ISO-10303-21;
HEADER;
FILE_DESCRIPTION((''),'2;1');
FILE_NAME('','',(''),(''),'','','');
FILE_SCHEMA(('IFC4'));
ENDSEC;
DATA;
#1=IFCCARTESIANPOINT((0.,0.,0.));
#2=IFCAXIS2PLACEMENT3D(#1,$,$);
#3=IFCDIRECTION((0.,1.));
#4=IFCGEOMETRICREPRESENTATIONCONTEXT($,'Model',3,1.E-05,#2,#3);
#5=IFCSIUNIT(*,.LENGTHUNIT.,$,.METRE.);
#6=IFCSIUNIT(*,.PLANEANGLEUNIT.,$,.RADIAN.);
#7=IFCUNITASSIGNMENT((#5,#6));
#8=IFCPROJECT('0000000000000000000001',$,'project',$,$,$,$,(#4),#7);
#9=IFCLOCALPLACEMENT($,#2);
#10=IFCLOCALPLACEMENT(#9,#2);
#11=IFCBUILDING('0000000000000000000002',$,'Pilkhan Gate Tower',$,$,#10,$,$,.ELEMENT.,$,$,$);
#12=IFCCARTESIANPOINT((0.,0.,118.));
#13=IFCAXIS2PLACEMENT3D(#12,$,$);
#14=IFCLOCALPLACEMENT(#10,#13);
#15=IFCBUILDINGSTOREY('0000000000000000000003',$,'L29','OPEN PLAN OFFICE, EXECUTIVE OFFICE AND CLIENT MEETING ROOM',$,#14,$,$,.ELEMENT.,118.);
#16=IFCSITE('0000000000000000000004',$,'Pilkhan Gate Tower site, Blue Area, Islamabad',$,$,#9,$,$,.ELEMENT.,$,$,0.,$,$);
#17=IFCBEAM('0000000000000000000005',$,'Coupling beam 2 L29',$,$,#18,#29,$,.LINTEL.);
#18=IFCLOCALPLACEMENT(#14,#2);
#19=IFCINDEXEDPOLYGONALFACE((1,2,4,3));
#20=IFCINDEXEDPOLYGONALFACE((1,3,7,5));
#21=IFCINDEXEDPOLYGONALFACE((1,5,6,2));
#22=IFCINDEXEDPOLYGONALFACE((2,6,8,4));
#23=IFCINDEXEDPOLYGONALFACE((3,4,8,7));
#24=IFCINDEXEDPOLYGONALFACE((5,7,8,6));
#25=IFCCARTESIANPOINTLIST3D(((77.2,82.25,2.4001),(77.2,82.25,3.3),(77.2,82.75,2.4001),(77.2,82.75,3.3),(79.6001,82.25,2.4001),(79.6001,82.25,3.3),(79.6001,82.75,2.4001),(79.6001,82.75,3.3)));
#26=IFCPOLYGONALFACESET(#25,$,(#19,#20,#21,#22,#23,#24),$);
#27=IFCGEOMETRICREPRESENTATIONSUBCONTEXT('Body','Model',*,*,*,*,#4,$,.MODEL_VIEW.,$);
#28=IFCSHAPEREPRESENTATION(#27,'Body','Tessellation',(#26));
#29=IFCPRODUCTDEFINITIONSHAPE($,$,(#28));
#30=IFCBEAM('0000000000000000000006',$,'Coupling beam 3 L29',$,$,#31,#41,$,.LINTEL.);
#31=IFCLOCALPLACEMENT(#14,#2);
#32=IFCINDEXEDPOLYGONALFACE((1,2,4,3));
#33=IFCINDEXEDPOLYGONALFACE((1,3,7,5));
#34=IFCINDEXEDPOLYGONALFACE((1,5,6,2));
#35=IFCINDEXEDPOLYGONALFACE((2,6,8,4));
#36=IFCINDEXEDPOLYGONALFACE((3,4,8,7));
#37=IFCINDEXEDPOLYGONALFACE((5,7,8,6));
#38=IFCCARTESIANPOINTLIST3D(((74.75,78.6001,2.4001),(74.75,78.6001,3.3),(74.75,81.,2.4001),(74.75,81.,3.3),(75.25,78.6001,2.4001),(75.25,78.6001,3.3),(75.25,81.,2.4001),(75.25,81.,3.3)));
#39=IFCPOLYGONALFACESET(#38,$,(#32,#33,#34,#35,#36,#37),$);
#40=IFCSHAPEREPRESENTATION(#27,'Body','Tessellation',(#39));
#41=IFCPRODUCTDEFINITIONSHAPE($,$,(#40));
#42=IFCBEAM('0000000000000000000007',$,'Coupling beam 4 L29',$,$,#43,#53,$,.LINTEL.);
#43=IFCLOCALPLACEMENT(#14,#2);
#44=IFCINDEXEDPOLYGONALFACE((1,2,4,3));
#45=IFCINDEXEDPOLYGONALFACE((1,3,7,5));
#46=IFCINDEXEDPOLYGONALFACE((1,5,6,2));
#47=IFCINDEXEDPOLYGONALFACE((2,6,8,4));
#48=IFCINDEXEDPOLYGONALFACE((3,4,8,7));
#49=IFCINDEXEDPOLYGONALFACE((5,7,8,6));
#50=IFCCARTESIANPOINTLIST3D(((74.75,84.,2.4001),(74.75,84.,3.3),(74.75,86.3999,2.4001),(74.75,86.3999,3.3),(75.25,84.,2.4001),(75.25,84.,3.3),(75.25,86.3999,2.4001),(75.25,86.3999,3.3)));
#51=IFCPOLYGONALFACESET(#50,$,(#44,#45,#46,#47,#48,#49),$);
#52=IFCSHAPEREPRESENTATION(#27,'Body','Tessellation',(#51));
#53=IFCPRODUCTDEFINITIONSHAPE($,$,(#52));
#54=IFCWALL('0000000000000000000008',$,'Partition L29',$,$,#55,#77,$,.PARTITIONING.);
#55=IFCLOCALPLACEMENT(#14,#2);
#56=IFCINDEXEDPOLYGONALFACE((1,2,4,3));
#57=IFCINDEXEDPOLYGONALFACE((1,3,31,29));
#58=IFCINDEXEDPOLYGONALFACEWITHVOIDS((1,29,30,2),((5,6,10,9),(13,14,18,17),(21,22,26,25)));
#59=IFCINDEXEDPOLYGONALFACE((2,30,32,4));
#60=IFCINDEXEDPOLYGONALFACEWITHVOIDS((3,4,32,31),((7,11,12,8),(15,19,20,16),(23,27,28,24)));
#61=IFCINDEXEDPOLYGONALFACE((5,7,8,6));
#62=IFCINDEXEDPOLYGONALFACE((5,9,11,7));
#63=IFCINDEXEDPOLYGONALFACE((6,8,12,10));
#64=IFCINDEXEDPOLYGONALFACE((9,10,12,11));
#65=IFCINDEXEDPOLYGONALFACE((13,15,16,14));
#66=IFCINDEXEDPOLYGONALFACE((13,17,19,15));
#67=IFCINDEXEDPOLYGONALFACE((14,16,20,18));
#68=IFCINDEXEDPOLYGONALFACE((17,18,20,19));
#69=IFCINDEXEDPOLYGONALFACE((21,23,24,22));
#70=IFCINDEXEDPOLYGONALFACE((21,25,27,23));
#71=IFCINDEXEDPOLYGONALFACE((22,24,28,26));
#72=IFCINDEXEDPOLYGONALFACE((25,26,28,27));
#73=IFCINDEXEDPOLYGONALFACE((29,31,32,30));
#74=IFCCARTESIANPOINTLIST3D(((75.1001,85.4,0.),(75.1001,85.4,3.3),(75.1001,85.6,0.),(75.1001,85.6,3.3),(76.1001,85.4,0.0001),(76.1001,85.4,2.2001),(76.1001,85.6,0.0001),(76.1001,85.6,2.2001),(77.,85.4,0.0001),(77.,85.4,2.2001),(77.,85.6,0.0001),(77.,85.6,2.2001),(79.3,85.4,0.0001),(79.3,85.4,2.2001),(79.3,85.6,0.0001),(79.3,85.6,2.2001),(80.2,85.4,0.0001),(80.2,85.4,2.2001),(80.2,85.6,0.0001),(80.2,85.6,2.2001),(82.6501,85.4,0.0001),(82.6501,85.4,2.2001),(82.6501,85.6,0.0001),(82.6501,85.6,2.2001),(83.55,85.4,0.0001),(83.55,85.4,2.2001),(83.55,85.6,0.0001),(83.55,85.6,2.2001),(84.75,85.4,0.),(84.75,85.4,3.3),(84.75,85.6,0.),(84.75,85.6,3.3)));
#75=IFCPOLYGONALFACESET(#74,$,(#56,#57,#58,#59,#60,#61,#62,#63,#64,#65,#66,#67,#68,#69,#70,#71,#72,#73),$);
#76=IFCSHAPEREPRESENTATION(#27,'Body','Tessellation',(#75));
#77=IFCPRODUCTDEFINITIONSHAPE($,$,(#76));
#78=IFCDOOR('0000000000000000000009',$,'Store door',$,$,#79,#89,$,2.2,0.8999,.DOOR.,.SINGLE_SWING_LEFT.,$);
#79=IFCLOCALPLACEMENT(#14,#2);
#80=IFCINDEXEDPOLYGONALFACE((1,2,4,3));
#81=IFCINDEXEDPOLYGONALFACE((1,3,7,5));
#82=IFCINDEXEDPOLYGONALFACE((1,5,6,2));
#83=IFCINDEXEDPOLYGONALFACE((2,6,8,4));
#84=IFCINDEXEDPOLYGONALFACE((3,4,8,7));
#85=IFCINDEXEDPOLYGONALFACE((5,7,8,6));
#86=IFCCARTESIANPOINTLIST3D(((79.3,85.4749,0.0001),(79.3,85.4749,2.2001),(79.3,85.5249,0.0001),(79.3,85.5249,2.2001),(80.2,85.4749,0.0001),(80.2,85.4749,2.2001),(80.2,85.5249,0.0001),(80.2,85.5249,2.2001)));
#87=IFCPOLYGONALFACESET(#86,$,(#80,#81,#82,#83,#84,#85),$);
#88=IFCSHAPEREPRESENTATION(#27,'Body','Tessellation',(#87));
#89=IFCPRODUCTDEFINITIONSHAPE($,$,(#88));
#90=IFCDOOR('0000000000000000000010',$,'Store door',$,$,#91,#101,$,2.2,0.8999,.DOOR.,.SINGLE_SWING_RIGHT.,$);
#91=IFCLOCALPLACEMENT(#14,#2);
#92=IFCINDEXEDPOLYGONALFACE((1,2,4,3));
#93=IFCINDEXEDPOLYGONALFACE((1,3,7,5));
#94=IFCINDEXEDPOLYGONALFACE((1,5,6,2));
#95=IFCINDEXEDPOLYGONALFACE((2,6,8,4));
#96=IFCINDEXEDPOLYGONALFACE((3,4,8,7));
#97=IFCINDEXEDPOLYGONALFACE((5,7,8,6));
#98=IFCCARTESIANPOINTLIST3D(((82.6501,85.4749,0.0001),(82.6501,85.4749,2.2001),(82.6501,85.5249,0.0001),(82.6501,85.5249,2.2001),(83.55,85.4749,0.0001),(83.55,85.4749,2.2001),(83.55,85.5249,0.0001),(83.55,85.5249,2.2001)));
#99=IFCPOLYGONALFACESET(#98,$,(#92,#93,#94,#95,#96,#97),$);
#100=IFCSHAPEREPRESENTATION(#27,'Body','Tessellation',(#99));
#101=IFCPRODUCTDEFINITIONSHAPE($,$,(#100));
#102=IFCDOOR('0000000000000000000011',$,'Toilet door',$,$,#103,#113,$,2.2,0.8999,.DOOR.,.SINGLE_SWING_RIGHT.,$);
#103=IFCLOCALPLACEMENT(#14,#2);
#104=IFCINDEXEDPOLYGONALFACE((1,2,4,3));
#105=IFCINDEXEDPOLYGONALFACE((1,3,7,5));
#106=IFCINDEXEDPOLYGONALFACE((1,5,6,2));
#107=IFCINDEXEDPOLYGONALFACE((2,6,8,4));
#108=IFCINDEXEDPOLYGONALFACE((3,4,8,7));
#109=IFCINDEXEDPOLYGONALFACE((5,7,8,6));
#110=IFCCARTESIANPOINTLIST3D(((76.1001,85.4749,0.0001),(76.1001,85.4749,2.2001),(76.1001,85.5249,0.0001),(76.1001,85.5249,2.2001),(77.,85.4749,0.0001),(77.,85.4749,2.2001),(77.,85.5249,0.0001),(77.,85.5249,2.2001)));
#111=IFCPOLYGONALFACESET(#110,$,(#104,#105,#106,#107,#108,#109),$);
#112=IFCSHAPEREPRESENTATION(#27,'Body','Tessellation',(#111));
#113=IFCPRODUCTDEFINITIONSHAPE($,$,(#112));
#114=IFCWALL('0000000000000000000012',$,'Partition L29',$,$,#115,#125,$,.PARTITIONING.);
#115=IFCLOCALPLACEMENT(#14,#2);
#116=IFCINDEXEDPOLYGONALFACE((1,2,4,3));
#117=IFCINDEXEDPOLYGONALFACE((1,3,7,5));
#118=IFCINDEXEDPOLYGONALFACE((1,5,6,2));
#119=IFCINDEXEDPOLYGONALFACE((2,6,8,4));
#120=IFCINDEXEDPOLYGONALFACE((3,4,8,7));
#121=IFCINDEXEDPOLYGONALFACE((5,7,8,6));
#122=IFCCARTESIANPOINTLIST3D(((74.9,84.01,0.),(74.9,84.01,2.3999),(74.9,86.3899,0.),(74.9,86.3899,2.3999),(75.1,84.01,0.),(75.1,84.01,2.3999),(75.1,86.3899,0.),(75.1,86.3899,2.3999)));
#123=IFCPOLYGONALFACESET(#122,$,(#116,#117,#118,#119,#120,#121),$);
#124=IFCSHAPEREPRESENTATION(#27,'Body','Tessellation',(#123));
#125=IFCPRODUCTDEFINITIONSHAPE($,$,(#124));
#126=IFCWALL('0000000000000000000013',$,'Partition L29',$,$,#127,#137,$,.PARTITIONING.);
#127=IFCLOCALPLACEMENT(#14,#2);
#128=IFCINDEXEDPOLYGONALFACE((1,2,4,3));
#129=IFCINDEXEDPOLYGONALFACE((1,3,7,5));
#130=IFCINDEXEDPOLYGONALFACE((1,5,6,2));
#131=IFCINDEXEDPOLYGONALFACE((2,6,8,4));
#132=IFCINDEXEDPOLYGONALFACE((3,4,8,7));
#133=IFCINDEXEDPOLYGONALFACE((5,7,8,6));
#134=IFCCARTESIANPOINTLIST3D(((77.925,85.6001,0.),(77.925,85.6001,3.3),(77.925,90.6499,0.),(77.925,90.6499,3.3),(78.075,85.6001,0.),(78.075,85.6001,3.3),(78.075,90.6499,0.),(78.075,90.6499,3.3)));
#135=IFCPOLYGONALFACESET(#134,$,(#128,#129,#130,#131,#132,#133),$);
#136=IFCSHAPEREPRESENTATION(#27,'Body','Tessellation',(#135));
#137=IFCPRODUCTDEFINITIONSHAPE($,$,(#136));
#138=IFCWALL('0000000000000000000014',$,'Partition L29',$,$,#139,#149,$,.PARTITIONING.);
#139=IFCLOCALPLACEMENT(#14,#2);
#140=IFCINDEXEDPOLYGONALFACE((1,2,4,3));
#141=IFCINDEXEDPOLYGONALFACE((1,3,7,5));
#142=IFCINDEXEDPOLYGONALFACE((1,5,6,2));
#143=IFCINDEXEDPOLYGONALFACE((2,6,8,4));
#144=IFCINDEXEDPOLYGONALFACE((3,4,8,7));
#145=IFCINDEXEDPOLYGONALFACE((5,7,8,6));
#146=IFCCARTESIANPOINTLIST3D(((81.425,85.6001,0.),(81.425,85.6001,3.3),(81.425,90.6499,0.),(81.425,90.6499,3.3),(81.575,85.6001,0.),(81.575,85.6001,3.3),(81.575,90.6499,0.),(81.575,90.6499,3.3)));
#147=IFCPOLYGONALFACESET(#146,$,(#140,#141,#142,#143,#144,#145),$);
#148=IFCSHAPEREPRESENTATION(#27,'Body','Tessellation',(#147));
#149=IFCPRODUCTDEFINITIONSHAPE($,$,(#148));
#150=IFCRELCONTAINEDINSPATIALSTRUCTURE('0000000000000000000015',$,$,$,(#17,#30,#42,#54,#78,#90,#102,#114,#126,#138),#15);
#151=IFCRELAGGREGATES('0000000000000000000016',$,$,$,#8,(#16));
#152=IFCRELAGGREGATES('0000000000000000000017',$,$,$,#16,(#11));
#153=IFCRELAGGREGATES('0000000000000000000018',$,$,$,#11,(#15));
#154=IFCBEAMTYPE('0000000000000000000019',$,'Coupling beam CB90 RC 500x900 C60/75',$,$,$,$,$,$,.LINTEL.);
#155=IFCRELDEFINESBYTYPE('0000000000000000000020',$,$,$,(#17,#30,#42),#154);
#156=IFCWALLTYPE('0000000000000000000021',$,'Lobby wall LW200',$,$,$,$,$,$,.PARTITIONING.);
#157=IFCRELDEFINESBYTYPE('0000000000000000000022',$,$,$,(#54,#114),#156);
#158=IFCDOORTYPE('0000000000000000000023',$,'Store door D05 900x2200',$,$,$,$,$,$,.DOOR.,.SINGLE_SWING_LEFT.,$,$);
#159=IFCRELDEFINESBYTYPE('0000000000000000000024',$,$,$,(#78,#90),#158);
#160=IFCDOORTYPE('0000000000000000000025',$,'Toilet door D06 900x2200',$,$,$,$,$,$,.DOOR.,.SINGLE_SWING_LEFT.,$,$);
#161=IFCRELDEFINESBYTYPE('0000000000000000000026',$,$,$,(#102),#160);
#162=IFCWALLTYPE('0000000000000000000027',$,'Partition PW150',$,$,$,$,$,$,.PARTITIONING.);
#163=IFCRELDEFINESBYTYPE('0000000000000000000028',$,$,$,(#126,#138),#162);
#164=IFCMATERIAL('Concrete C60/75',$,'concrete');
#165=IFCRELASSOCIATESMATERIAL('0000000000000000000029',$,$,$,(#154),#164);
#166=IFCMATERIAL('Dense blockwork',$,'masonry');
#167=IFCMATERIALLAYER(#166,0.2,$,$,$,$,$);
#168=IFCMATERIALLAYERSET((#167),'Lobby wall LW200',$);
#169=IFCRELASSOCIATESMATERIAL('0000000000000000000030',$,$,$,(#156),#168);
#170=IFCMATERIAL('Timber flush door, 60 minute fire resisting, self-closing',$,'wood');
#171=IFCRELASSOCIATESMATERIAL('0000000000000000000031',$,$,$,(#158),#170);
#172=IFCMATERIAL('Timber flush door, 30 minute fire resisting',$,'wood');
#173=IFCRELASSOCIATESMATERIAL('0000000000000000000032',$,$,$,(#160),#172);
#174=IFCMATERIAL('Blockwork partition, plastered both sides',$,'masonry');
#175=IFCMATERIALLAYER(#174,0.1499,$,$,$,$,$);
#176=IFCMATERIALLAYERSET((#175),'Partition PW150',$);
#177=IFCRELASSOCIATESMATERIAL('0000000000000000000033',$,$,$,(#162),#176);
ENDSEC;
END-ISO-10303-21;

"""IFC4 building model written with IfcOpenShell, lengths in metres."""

from ifc_helpers import new_model, si_unit, direction, frame, frame_2d, origin, origin_2d, place, context, subcontext, project, spatial, rectangle, extrude, material, layer, layer_set, material_profile, profile_set, type_object, element, fill, save


model = new_model("IFC4")

# Units and contexts
model_context = context("Model", 3, precision=1e-05, world=origin(), true_north=direction((0.0, 1.0)))
body_context = subcontext(model_context, "Body", "Model", "MODEL_VIEW")
ifc_project = project(units=[si_unit("LENGTHUNIT", "METRE"), si_unit("PLANEANGLEUNIT", "RADIAN")], contexts=[model_context])

# Site, building, storey
site_placement = place(None, origin())
site = spatial("IfcSite", under=ifc_project, at=site_placement, Name="Pilkhan Gate Tower site, Blue Area, Islamabad", CompositionType="ELEMENT", RefElevation=0.0)
building_placement = place(site_placement, origin())
building = spatial("IfcBuilding", under=site, at=building_placement, Name="Pilkhan Gate Tower", CompositionType="ELEMENT")
storey_placement = place(building_placement, frame((0.0, 0.0, 118.0)))
storey = spatial("IfcBuildingStorey", under=building, at=storey_placement, Name="L29", Description="OPEN PLAN OFFICE, EXECUTIVE OFFICE AND CLIENT MEETING ROOM", CompositionType="ELEMENT", Elevation=118.0)

# Beams
ifc_material_1 = material(Name="Concrete C60/75", Category="concrete")
ifc_material_profile = material_profile(ifc_material_1, rectangle(XDim=0.5, YDim=0.8999, at=origin_2d()), Name="RC 500x900")
ifc_profile_set = profile_set([ifc_material_profile], Name="Concrete C60/75")
beam_type = type_object("IfcBeamType", Name="Coupling beam CB90 RC 500x900 C60/75", PredefinedType="LINTEL", material=ifc_profile_set)
beam_placement = place(storey_placement, frame((77.2, 82.5, 2.8501), z_axis=(1.0, 0.0, 0.0), x_axis=(0.0, 1.0, 0.0)))
element("IfcBeam", 1, at=beam_placement, inside=storey, type_object=beam_type, Name="Coupling beam 2 L29", PredefinedType="LINTEL", context=body_context, shape_type="SweptSolid", body=[
    extrude(rectangle(XDim=0.5, YDim=0.8999, at=origin_2d()), origin(), (0.0, 0.0, 1.0), 2.4001),
])
for number, where, z_axis, x_axis, name in (
    (2, (75.0, 78.6001, 2.8501), (0.0, 1.0, 0.0), (-1.0, 0.0, 0.0), "Coupling beam 3 L29"),
    (3, (75.0, 84.0, 2.8501), (0.0, 1.0, 0.0), (-1.0, 0.0, 0.0), "Coupling beam 4 L29"),
):
    element("IfcBeam", number, at=place(storey_placement, frame(where, z_axis=z_axis, x_axis=x_axis)), inside=storey, type_object=beam_type, Name=name, PredefinedType="LINTEL", context=body_context, shape_type="SweptSolid", body=[
        extrude(rectangle(XDim=0.5, YDim=0.8999, at=origin_2d()), origin(), (0.0, 0.0, 1.0), 2.3999),
    ])

# Wall, openings, doors
ifc_material_2 = material(Name="Dense blockwork", Category="masonry")
ifc_layer_1 = layer(ifc_material_2, 0.2)
ifc_layer_set_1 = layer_set([ifc_layer_1], Name="Lobby wall LW200")
wall_type_1 = type_object("IfcWallType", Name="Lobby wall LW200", PredefinedType="PARTITIONING", material=ifc_layer_set_1)
wall_1_placement = place(storey_placement, frame((75.1001, 85.5, 0.0), z_axis=(0.0, 0.0, 1.0), x_axis=(1.0, 0.0, 0.0)))
wall_1 = element("IfcWall", 4, at=wall_1_placement, inside=storey, type_object=wall_type_1, Name="Partition L29", PredefinedType="PARTITIONING", context=body_context, shape_type="SweptSolid", body=[
    extrude(rectangle(XDim=9.6499, YDim=0.2, at=frame_2d((4.825, 0.0))), origin(), (0.0, 0.0, 1.0), 3.3),
])
opening_1_placement = place(wall_1_placement, frame((1.0, 0.0, 0.0)))
opening_1 = element("IfcOpeningElement", 5, at=opening_1_placement, cuts=wall_1, PredefinedType="OPENING", context=body_context, shape_type="SweptSolid", body=[
    extrude(rectangle(XDim=0.8999, YDim=2.2, at=frame_2d((0.45, 1.1001))), frame((0.0, 0.1099, 0.0), z_axis=(0.0, -1.0, 0.0), x_axis=(1.0, 0.0, 0.0)), (0.0, 0.0, 1.0), 0.22),
])
opening_2_placement = place(wall_1_placement, frame((4.2, 0.0, 0.0)))
opening_2 = element("IfcOpeningElement", 6, at=opening_2_placement, cuts=wall_1, PredefinedType="OPENING", context=body_context, shape_type="SweptSolid", body=[
    extrude(rectangle(XDim=0.8999, YDim=2.2, at=frame_2d((0.45, 1.1001))), frame((0.0, 0.1099, 0.0), z_axis=(0.0, -1.0, 0.0), x_axis=(1.0, 0.0, 0.0)), (0.0, 0.0, 1.0), 0.22),
])
opening_3_placement = place(wall_1_placement, frame((7.55, 0.0, 0.0)))
opening_3 = element("IfcOpeningElement", 7, at=opening_3_placement, cuts=wall_1, PredefinedType="OPENING", context=body_context, shape_type="SweptSolid", body=[
    extrude(rectangle(XDim=0.8999, YDim=2.2, at=frame_2d((0.45, 1.1001))), frame((0.0, 0.1099, 0.0), z_axis=(0.0, -1.0, 0.0), x_axis=(1.0, 0.0, 0.0)), (0.0, 0.0, 1.0), 0.22),
])
ifc_material_3 = material(Name="Timber flush door, 60 minute fire resisting, self-closing", Category="wood")
door_type_1 = type_object("IfcDoorType", Name="Store door D05 900x2200", OperationType="SINGLE_SWING_LEFT", PredefinedType="DOOR", material=ifc_material_3)
door_1_placement = place(opening_2_placement, origin())
door_1 = element("IfcDoor", 8, at=door_1_placement, inside=storey, type_object=door_type_1, Name="Store door", OperationType="SINGLE_SWING_LEFT", OverallHeight=2.2, OverallWidth=0.8999, PredefinedType="DOOR", context=body_context, shape_type="SweptSolid", body=[
    extrude(rectangle(XDim=0.8999, YDim=2.2, at=frame_2d((0.45, 1.1001))), frame((0.0, 0.0249, 0.0), z_axis=(0.0, -1.0, 0.0), x_axis=(1.0, 0.0, 0.0)), (0.0, 0.0, 1.0), 0.05),
])
fill(opening_2, door_1)
door_2_placement = place(opening_3_placement, origin())
door_2 = element("IfcDoor", 9, at=door_2_placement, inside=storey, type_object=door_type_1, Name="Store door", OperationType="SINGLE_SWING_RIGHT", OverallHeight=2.2, OverallWidth=0.8999, PredefinedType="DOOR", context=body_context, shape_type="SweptSolid", body=[
    extrude(rectangle(XDim=0.8999, YDim=2.2, at=frame_2d((0.45, 1.1001))), frame((0.0, 0.0249, 0.0), z_axis=(0.0, -1.0, 0.0), x_axis=(1.0, 0.0, 0.0)), (0.0, 0.0, 1.0), 0.05),
])
fill(opening_3, door_2)
ifc_material_4 = material(Name="Timber flush door, 30 minute fire resisting", Category="wood")
door_type_2 = type_object("IfcDoorType", Name="Toilet door D06 900x2200", OperationType="SINGLE_SWING_LEFT", PredefinedType="DOOR", material=ifc_material_4)
door_3_placement = place(opening_1_placement, origin())
door_3 = element("IfcDoor", 10, at=door_3_placement, inside=storey, type_object=door_type_2, Name="Toilet door", OperationType="SINGLE_SWING_RIGHT", OverallHeight=2.2, OverallWidth=0.8999, PredefinedType="DOOR", context=body_context, shape_type="SweptSolid", body=[
    extrude(rectangle(XDim=0.8999, YDim=2.2, at=frame_2d((0.45, 1.1001))), frame((0.0, 0.0249, 0.0), z_axis=(0.0, -1.0, 0.0), x_axis=(1.0, 0.0, 0.0)), (0.0, 0.0, 1.0), 0.05),
])
fill(opening_1, door_3)

# Walls
wall_2_placement = place(storey_placement, frame((75.0, 84.01, 0.0), z_axis=(0.0, 0.0, 1.0), x_axis=(0.0, 1.0, 0.0)))
element("IfcWall", 11, at=wall_2_placement, inside=storey, type_object=wall_type_1, Name="Partition L29", PredefinedType="PARTITIONING", context=body_context, shape_type="SweptSolid", body=[
    extrude(rectangle(XDim=2.3799, YDim=0.2, at=frame_2d((1.1899, 0.0))), origin(), (0.0, 0.0, 1.0), 2.3999),
])
ifc_material_5 = material(Name="Blockwork partition, plastered both sides", Category="masonry")
ifc_layer_2 = layer(ifc_material_5, 0.1499)
ifc_layer_set_2 = layer_set([ifc_layer_2], Name="Partition PW150")
wall_type_2 = type_object("IfcWallType", Name="Partition PW150", PredefinedType="PARTITIONING", material=ifc_layer_set_2)
for number, where, z_axis, x_axis, name in (
    (12, (78.0, 85.6001, 0.0), (0.0, 0.0, 1.0), (0.0, 1.0, 0.0), "Partition L29"),
    (13, (81.5, 85.6001, 0.0), (0.0, 0.0, 1.0), (0.0, 1.0, 0.0), "Partition L29"),
):
    element("IfcWall", number, at=place(storey_placement, frame(where, z_axis=z_axis, x_axis=x_axis)), inside=storey, type_object=wall_type_2, Name=name, PredefinedType="PARTITIONING", context=body_context, shape_type="SweptSolid", body=[
        extrude(rectangle(XDim=5.0498, YDim=0.1499, at=frame_2d((2.5249, 0.0))), origin(), (0.0, 0.0, 1.0), 3.3),
    ])

save(model, "model.ifc")
